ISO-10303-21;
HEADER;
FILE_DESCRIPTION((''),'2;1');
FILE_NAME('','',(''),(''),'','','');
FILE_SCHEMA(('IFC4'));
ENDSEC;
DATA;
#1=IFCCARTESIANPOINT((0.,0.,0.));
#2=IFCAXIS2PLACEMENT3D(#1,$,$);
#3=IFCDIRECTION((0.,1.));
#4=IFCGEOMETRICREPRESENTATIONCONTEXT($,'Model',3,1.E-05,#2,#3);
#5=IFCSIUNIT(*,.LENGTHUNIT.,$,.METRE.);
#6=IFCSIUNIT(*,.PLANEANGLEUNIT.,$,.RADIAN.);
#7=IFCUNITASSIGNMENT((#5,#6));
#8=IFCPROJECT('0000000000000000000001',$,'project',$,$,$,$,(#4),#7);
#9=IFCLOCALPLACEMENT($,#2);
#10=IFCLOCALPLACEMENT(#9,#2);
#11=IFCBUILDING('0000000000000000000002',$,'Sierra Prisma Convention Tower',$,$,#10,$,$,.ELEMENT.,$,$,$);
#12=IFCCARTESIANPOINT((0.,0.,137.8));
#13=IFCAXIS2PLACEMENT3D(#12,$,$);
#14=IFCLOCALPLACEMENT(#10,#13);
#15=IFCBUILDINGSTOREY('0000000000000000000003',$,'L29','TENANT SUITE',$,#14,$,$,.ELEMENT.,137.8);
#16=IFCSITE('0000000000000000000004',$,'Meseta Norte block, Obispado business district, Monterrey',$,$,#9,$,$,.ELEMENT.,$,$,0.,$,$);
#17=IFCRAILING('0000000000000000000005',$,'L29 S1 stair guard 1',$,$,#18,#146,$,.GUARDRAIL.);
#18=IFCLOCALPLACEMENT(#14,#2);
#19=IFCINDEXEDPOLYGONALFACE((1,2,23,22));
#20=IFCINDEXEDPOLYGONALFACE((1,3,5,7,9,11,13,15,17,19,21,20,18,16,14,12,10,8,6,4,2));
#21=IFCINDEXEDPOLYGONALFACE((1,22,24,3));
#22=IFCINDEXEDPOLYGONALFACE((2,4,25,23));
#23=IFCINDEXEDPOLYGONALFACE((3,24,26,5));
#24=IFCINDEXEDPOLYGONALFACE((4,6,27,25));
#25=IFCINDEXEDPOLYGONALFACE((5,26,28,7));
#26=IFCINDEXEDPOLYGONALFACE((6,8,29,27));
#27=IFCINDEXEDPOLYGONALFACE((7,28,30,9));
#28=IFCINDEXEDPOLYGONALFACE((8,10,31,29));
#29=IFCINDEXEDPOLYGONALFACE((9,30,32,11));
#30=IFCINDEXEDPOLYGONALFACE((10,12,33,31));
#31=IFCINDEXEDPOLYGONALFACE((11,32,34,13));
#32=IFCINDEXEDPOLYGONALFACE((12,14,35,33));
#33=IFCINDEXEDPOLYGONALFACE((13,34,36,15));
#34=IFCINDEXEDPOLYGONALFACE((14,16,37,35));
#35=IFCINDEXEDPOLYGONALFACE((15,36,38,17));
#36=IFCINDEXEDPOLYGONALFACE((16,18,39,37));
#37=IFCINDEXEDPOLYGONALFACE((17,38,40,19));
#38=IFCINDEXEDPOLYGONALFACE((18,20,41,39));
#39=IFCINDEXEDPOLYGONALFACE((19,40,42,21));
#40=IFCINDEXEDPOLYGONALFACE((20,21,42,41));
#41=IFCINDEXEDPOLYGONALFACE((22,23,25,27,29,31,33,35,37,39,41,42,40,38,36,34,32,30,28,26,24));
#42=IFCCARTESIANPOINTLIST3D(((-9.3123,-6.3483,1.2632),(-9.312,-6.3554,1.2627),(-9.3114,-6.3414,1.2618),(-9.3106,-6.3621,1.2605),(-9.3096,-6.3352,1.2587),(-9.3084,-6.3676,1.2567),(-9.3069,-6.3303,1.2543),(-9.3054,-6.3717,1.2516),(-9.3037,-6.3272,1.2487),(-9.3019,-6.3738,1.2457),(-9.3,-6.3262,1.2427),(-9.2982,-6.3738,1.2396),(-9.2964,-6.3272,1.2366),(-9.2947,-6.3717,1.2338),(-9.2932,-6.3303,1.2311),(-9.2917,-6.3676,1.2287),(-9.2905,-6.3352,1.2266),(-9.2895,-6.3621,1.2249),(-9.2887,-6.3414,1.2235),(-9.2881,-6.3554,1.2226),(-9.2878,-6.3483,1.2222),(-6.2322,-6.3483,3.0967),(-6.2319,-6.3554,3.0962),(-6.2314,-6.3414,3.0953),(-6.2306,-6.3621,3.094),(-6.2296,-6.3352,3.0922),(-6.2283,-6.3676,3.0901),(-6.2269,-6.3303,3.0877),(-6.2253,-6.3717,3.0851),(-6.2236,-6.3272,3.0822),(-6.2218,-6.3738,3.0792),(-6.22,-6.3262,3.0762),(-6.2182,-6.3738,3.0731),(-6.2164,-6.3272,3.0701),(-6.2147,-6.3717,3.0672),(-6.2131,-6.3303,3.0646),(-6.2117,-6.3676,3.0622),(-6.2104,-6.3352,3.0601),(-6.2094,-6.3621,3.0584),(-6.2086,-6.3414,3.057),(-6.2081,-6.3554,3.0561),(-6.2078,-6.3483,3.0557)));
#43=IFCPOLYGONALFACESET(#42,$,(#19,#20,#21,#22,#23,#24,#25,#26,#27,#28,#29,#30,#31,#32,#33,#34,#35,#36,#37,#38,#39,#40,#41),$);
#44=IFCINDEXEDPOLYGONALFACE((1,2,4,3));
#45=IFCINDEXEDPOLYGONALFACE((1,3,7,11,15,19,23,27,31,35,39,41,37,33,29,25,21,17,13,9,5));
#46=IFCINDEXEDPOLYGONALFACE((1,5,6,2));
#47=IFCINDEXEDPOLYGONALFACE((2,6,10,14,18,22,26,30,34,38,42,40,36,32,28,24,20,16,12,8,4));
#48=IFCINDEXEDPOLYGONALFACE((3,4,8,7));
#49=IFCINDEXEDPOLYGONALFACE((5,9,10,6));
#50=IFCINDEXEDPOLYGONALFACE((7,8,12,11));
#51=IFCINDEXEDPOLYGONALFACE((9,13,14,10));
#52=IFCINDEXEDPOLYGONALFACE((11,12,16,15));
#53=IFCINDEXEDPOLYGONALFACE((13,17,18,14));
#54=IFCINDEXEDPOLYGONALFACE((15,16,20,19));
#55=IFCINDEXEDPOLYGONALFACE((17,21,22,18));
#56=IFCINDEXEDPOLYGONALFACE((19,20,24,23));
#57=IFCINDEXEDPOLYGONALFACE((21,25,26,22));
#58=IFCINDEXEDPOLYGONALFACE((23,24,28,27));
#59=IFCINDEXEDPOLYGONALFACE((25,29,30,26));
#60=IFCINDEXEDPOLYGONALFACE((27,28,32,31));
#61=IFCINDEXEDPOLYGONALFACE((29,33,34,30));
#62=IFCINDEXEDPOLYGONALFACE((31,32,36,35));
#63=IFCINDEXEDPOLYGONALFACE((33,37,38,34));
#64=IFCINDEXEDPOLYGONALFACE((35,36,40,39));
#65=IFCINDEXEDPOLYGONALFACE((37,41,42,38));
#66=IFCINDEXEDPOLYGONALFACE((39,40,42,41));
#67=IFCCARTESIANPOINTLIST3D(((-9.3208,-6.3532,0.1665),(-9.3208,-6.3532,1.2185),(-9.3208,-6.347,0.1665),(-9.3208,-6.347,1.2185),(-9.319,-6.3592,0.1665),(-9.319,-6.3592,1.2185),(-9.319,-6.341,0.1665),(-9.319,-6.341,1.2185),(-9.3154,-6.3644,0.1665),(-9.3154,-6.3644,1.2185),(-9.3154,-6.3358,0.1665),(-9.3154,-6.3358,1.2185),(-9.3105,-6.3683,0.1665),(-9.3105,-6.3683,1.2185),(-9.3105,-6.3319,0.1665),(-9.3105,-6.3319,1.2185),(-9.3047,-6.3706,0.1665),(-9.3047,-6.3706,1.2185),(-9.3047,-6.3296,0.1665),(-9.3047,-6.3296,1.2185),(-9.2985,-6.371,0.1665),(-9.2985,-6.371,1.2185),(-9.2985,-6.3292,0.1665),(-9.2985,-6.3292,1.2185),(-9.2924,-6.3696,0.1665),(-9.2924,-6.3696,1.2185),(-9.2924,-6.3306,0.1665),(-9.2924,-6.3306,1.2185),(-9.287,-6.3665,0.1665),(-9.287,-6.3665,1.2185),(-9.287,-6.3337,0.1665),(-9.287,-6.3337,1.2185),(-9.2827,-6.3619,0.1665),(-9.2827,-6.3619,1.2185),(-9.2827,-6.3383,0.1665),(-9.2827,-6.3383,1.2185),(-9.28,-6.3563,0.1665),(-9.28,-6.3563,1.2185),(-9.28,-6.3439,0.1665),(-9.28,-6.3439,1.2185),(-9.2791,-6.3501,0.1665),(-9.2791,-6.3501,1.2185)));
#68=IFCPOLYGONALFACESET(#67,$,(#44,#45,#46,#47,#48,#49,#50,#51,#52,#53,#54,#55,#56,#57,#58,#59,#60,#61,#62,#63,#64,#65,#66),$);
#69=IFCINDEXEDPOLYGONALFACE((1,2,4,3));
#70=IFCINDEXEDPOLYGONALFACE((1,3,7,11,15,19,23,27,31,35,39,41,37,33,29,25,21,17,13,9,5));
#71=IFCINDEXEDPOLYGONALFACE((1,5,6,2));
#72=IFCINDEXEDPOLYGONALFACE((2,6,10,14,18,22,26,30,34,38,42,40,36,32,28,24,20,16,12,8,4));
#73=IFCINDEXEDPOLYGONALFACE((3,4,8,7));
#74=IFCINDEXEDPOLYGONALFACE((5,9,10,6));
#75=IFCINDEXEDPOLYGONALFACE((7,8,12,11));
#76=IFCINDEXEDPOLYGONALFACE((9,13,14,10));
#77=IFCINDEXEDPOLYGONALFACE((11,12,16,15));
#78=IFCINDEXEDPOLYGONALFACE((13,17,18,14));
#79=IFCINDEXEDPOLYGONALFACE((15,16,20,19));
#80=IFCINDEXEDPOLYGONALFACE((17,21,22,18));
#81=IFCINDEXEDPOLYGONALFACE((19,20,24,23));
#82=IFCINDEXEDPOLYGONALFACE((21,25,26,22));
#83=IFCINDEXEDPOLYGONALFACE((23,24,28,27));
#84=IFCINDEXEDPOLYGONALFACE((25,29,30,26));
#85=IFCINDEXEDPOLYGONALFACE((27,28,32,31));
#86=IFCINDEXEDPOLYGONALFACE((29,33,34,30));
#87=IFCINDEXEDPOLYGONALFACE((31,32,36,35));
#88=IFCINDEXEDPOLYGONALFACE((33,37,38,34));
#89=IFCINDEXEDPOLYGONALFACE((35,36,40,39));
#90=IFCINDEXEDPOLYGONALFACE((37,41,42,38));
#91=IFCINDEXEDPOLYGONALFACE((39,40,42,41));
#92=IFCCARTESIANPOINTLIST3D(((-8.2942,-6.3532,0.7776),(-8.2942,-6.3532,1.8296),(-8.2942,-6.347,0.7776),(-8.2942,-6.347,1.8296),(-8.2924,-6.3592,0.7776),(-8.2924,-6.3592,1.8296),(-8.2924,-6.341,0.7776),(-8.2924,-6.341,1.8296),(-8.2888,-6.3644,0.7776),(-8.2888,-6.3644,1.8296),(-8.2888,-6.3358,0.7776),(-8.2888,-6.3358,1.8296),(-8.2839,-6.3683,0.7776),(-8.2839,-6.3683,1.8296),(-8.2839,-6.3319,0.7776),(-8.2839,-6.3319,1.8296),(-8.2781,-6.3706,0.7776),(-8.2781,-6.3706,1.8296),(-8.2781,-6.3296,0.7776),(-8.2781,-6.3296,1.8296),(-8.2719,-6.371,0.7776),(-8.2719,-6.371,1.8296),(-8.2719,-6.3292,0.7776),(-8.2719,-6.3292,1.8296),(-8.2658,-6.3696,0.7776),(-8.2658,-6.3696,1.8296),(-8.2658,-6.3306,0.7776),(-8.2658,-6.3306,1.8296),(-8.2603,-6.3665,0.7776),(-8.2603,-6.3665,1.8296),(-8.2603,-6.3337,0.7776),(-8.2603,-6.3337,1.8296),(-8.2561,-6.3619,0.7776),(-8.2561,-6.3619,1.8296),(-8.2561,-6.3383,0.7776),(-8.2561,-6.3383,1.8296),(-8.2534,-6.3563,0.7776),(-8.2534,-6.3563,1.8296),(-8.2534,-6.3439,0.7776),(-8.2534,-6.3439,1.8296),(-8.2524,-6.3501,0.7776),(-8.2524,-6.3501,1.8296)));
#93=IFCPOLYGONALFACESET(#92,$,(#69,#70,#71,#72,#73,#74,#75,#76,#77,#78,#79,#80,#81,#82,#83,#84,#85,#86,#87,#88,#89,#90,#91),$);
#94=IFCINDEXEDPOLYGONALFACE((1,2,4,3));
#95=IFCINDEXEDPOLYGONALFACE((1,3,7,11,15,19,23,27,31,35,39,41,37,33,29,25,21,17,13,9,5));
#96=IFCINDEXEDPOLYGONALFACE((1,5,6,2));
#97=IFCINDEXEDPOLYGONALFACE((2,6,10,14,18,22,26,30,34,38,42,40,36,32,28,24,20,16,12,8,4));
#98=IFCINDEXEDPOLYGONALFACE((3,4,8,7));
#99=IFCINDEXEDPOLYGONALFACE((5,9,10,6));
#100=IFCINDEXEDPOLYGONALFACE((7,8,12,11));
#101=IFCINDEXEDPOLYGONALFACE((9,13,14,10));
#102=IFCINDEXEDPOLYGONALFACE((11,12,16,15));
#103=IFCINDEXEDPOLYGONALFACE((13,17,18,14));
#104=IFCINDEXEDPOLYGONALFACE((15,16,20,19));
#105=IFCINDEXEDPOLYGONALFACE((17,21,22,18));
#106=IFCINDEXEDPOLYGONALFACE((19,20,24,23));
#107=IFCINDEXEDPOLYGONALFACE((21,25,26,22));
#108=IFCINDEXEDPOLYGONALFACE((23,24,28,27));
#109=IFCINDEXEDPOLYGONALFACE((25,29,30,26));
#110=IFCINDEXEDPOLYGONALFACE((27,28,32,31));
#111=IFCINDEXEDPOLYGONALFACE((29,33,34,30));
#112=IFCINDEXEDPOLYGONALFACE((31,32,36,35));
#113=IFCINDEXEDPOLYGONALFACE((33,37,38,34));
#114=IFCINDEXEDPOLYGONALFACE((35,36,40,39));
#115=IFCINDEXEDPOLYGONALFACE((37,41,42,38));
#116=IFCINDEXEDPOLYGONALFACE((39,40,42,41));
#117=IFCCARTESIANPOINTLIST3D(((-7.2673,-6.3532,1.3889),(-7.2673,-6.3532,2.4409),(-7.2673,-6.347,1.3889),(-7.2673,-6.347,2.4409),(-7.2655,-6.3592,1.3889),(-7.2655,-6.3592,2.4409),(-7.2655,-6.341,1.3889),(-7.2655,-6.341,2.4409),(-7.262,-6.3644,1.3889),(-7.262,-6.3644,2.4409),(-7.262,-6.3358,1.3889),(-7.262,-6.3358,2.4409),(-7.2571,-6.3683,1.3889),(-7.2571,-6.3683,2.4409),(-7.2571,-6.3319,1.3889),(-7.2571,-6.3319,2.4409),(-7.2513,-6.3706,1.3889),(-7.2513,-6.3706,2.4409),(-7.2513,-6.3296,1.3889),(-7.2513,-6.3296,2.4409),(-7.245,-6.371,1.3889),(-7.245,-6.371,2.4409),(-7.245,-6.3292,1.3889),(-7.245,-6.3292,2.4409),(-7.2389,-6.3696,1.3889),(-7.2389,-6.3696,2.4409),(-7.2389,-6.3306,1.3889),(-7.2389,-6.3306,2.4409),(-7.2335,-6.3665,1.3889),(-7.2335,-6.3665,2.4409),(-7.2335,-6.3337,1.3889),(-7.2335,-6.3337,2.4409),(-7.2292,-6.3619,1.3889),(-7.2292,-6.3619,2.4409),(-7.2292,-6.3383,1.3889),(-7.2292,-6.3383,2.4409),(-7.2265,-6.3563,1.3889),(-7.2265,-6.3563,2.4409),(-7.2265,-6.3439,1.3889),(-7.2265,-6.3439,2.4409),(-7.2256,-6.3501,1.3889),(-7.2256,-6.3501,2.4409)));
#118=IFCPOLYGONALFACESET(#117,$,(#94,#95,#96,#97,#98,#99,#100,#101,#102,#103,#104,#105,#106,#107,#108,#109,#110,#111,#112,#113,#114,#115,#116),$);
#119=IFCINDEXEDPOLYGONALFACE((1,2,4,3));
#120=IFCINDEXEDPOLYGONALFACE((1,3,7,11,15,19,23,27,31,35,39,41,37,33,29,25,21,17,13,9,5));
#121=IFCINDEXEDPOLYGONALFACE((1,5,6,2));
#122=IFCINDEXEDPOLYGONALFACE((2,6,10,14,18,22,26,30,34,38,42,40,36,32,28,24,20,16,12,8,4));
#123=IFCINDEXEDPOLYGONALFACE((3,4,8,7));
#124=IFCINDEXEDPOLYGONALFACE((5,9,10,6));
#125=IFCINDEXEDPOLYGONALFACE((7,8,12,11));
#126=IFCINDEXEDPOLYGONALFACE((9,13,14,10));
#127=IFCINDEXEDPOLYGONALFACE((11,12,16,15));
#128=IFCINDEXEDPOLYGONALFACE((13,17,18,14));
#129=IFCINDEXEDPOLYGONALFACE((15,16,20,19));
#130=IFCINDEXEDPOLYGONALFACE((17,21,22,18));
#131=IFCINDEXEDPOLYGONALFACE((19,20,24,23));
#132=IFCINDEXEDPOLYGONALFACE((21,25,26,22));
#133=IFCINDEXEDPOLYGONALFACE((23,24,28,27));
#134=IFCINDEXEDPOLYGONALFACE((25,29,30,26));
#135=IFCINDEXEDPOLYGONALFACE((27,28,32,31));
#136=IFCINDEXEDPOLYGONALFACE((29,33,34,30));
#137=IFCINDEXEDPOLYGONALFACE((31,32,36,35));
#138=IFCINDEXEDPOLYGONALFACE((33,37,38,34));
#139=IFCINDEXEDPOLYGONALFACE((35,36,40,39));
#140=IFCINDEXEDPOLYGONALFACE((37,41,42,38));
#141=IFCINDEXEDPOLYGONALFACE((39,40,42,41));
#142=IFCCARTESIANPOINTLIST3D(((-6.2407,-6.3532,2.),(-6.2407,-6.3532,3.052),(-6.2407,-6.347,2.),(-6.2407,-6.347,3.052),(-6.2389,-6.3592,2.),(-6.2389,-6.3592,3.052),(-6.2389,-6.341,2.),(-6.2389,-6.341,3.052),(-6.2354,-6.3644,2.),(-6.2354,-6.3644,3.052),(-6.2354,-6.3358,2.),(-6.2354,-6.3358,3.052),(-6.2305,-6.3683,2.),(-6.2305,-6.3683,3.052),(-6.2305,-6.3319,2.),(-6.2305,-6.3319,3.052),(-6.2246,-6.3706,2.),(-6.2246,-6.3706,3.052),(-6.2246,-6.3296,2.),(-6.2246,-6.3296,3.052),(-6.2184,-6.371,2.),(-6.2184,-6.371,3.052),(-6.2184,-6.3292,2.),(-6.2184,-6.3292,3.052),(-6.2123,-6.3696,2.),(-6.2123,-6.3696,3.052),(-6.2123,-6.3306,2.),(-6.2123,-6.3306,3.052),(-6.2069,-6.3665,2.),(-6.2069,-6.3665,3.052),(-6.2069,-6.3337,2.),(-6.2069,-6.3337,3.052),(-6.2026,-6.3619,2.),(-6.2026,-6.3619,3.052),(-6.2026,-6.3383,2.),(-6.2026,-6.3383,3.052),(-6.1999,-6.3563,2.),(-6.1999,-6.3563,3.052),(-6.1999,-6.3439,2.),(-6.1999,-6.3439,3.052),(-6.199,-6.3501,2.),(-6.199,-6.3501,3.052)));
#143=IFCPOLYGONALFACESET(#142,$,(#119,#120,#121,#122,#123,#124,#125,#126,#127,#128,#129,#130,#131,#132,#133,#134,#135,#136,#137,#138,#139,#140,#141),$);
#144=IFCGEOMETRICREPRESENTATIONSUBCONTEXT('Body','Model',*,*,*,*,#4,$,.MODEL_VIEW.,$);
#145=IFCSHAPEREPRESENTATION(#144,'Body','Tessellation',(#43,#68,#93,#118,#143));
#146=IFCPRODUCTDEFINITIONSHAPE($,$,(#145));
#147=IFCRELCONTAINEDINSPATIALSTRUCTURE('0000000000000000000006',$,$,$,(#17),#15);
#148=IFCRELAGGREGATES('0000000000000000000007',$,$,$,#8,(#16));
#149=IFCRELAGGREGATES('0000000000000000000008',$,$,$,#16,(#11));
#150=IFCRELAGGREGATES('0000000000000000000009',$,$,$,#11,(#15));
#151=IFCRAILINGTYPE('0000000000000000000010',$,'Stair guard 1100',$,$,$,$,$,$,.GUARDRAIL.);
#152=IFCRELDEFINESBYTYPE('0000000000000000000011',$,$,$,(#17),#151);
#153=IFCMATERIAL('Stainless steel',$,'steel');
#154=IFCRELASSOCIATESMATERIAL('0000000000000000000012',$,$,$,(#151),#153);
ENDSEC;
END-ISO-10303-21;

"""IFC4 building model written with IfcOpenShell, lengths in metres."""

from ifc_helpers import new_model, si_unit, direction, frame, origin, origin_2d, place, context, subcontext, project, spatial, circle, extrude, material, type_object, element, save


model = new_model("IFC4")

# Units and contexts
model_context = context("Model", 3, precision=1e-05, world=origin(), true_north=direction((0.0, 1.0)))
body_context = subcontext(model_context, "Body", "Model", "MODEL_VIEW")
ifc_project = project(units=[si_unit("LENGTHUNIT", "METRE"), si_unit("PLANEANGLEUNIT", "RADIAN")], contexts=[model_context])

# Site, building, storey
site_placement = place(None, origin())
site = spatial("IfcSite", under=ifc_project, at=site_placement, Name="Meseta Norte block, Obispado business district, Monterrey", CompositionType="ELEMENT", RefElevation=0.0)
building_placement = place(site_placement, origin())
building = spatial("IfcBuilding", under=site, at=building_placement, Name="Sierra Prisma Convention Tower", CompositionType="ELEMENT")
storey_placement = place(building_placement, frame((0.0, 0.0, 137.8)))
storey = spatial("IfcBuildingStorey", under=building, at=storey_placement, Name="L29", Description="TENANT SUITE", CompositionType="ELEMENT", Elevation=137.8)

# Railing
ifc_material_1 = material(Name="Stainless steel", Category="steel")
railing_type_1 = type_object("IfcRailingType", Name="Stair guard 1100", PredefinedType="GUARDRAIL", material=ifc_material_1)
railing_1_placement = place(storey_placement, frame((-9.3, -6.3501, 0.1665)))
element("IfcRailing", 1, at=railing_1_placement, inside=storey, type_object=railing_type_1, Name="L29 S1 stair guard 1", PredefinedType="GUARDRAIL", context=body_context, shape_type="SweptSolid", body=[
    extrude(circle(Radius=0.0239, at=origin_2d()), frame((0.0, 0.0, 1.0762), z_axis=(0.859279, 0.0, 0.511508), x_axis=(0.0, 1.0, 0.0)), (0.0, 0.0, 1.0), 3.5845),
    extrude(circle(Radius=0.021, at=origin_2d()), origin(), (0.0, 0.0, 1.0), 1.052),
    extrude(circle(Radius=0.021, at=origin_2d()), frame((1.0266, 0.0, 0.6111)), (0.0, 0.0, 1.0), 1.052),
    extrude(circle(Radius=0.021, at=origin_2d()), frame((2.0535, 0.0, 1.2224)), (0.0, 0.0, 1.0), 1.052),
    extrude(circle(Radius=0.021, at=origin_2d()), frame((3.0801, 0.0, 1.8335)), (0.0, 0.0, 1.0), 1.052),
])

save(model, "model.ifc")
